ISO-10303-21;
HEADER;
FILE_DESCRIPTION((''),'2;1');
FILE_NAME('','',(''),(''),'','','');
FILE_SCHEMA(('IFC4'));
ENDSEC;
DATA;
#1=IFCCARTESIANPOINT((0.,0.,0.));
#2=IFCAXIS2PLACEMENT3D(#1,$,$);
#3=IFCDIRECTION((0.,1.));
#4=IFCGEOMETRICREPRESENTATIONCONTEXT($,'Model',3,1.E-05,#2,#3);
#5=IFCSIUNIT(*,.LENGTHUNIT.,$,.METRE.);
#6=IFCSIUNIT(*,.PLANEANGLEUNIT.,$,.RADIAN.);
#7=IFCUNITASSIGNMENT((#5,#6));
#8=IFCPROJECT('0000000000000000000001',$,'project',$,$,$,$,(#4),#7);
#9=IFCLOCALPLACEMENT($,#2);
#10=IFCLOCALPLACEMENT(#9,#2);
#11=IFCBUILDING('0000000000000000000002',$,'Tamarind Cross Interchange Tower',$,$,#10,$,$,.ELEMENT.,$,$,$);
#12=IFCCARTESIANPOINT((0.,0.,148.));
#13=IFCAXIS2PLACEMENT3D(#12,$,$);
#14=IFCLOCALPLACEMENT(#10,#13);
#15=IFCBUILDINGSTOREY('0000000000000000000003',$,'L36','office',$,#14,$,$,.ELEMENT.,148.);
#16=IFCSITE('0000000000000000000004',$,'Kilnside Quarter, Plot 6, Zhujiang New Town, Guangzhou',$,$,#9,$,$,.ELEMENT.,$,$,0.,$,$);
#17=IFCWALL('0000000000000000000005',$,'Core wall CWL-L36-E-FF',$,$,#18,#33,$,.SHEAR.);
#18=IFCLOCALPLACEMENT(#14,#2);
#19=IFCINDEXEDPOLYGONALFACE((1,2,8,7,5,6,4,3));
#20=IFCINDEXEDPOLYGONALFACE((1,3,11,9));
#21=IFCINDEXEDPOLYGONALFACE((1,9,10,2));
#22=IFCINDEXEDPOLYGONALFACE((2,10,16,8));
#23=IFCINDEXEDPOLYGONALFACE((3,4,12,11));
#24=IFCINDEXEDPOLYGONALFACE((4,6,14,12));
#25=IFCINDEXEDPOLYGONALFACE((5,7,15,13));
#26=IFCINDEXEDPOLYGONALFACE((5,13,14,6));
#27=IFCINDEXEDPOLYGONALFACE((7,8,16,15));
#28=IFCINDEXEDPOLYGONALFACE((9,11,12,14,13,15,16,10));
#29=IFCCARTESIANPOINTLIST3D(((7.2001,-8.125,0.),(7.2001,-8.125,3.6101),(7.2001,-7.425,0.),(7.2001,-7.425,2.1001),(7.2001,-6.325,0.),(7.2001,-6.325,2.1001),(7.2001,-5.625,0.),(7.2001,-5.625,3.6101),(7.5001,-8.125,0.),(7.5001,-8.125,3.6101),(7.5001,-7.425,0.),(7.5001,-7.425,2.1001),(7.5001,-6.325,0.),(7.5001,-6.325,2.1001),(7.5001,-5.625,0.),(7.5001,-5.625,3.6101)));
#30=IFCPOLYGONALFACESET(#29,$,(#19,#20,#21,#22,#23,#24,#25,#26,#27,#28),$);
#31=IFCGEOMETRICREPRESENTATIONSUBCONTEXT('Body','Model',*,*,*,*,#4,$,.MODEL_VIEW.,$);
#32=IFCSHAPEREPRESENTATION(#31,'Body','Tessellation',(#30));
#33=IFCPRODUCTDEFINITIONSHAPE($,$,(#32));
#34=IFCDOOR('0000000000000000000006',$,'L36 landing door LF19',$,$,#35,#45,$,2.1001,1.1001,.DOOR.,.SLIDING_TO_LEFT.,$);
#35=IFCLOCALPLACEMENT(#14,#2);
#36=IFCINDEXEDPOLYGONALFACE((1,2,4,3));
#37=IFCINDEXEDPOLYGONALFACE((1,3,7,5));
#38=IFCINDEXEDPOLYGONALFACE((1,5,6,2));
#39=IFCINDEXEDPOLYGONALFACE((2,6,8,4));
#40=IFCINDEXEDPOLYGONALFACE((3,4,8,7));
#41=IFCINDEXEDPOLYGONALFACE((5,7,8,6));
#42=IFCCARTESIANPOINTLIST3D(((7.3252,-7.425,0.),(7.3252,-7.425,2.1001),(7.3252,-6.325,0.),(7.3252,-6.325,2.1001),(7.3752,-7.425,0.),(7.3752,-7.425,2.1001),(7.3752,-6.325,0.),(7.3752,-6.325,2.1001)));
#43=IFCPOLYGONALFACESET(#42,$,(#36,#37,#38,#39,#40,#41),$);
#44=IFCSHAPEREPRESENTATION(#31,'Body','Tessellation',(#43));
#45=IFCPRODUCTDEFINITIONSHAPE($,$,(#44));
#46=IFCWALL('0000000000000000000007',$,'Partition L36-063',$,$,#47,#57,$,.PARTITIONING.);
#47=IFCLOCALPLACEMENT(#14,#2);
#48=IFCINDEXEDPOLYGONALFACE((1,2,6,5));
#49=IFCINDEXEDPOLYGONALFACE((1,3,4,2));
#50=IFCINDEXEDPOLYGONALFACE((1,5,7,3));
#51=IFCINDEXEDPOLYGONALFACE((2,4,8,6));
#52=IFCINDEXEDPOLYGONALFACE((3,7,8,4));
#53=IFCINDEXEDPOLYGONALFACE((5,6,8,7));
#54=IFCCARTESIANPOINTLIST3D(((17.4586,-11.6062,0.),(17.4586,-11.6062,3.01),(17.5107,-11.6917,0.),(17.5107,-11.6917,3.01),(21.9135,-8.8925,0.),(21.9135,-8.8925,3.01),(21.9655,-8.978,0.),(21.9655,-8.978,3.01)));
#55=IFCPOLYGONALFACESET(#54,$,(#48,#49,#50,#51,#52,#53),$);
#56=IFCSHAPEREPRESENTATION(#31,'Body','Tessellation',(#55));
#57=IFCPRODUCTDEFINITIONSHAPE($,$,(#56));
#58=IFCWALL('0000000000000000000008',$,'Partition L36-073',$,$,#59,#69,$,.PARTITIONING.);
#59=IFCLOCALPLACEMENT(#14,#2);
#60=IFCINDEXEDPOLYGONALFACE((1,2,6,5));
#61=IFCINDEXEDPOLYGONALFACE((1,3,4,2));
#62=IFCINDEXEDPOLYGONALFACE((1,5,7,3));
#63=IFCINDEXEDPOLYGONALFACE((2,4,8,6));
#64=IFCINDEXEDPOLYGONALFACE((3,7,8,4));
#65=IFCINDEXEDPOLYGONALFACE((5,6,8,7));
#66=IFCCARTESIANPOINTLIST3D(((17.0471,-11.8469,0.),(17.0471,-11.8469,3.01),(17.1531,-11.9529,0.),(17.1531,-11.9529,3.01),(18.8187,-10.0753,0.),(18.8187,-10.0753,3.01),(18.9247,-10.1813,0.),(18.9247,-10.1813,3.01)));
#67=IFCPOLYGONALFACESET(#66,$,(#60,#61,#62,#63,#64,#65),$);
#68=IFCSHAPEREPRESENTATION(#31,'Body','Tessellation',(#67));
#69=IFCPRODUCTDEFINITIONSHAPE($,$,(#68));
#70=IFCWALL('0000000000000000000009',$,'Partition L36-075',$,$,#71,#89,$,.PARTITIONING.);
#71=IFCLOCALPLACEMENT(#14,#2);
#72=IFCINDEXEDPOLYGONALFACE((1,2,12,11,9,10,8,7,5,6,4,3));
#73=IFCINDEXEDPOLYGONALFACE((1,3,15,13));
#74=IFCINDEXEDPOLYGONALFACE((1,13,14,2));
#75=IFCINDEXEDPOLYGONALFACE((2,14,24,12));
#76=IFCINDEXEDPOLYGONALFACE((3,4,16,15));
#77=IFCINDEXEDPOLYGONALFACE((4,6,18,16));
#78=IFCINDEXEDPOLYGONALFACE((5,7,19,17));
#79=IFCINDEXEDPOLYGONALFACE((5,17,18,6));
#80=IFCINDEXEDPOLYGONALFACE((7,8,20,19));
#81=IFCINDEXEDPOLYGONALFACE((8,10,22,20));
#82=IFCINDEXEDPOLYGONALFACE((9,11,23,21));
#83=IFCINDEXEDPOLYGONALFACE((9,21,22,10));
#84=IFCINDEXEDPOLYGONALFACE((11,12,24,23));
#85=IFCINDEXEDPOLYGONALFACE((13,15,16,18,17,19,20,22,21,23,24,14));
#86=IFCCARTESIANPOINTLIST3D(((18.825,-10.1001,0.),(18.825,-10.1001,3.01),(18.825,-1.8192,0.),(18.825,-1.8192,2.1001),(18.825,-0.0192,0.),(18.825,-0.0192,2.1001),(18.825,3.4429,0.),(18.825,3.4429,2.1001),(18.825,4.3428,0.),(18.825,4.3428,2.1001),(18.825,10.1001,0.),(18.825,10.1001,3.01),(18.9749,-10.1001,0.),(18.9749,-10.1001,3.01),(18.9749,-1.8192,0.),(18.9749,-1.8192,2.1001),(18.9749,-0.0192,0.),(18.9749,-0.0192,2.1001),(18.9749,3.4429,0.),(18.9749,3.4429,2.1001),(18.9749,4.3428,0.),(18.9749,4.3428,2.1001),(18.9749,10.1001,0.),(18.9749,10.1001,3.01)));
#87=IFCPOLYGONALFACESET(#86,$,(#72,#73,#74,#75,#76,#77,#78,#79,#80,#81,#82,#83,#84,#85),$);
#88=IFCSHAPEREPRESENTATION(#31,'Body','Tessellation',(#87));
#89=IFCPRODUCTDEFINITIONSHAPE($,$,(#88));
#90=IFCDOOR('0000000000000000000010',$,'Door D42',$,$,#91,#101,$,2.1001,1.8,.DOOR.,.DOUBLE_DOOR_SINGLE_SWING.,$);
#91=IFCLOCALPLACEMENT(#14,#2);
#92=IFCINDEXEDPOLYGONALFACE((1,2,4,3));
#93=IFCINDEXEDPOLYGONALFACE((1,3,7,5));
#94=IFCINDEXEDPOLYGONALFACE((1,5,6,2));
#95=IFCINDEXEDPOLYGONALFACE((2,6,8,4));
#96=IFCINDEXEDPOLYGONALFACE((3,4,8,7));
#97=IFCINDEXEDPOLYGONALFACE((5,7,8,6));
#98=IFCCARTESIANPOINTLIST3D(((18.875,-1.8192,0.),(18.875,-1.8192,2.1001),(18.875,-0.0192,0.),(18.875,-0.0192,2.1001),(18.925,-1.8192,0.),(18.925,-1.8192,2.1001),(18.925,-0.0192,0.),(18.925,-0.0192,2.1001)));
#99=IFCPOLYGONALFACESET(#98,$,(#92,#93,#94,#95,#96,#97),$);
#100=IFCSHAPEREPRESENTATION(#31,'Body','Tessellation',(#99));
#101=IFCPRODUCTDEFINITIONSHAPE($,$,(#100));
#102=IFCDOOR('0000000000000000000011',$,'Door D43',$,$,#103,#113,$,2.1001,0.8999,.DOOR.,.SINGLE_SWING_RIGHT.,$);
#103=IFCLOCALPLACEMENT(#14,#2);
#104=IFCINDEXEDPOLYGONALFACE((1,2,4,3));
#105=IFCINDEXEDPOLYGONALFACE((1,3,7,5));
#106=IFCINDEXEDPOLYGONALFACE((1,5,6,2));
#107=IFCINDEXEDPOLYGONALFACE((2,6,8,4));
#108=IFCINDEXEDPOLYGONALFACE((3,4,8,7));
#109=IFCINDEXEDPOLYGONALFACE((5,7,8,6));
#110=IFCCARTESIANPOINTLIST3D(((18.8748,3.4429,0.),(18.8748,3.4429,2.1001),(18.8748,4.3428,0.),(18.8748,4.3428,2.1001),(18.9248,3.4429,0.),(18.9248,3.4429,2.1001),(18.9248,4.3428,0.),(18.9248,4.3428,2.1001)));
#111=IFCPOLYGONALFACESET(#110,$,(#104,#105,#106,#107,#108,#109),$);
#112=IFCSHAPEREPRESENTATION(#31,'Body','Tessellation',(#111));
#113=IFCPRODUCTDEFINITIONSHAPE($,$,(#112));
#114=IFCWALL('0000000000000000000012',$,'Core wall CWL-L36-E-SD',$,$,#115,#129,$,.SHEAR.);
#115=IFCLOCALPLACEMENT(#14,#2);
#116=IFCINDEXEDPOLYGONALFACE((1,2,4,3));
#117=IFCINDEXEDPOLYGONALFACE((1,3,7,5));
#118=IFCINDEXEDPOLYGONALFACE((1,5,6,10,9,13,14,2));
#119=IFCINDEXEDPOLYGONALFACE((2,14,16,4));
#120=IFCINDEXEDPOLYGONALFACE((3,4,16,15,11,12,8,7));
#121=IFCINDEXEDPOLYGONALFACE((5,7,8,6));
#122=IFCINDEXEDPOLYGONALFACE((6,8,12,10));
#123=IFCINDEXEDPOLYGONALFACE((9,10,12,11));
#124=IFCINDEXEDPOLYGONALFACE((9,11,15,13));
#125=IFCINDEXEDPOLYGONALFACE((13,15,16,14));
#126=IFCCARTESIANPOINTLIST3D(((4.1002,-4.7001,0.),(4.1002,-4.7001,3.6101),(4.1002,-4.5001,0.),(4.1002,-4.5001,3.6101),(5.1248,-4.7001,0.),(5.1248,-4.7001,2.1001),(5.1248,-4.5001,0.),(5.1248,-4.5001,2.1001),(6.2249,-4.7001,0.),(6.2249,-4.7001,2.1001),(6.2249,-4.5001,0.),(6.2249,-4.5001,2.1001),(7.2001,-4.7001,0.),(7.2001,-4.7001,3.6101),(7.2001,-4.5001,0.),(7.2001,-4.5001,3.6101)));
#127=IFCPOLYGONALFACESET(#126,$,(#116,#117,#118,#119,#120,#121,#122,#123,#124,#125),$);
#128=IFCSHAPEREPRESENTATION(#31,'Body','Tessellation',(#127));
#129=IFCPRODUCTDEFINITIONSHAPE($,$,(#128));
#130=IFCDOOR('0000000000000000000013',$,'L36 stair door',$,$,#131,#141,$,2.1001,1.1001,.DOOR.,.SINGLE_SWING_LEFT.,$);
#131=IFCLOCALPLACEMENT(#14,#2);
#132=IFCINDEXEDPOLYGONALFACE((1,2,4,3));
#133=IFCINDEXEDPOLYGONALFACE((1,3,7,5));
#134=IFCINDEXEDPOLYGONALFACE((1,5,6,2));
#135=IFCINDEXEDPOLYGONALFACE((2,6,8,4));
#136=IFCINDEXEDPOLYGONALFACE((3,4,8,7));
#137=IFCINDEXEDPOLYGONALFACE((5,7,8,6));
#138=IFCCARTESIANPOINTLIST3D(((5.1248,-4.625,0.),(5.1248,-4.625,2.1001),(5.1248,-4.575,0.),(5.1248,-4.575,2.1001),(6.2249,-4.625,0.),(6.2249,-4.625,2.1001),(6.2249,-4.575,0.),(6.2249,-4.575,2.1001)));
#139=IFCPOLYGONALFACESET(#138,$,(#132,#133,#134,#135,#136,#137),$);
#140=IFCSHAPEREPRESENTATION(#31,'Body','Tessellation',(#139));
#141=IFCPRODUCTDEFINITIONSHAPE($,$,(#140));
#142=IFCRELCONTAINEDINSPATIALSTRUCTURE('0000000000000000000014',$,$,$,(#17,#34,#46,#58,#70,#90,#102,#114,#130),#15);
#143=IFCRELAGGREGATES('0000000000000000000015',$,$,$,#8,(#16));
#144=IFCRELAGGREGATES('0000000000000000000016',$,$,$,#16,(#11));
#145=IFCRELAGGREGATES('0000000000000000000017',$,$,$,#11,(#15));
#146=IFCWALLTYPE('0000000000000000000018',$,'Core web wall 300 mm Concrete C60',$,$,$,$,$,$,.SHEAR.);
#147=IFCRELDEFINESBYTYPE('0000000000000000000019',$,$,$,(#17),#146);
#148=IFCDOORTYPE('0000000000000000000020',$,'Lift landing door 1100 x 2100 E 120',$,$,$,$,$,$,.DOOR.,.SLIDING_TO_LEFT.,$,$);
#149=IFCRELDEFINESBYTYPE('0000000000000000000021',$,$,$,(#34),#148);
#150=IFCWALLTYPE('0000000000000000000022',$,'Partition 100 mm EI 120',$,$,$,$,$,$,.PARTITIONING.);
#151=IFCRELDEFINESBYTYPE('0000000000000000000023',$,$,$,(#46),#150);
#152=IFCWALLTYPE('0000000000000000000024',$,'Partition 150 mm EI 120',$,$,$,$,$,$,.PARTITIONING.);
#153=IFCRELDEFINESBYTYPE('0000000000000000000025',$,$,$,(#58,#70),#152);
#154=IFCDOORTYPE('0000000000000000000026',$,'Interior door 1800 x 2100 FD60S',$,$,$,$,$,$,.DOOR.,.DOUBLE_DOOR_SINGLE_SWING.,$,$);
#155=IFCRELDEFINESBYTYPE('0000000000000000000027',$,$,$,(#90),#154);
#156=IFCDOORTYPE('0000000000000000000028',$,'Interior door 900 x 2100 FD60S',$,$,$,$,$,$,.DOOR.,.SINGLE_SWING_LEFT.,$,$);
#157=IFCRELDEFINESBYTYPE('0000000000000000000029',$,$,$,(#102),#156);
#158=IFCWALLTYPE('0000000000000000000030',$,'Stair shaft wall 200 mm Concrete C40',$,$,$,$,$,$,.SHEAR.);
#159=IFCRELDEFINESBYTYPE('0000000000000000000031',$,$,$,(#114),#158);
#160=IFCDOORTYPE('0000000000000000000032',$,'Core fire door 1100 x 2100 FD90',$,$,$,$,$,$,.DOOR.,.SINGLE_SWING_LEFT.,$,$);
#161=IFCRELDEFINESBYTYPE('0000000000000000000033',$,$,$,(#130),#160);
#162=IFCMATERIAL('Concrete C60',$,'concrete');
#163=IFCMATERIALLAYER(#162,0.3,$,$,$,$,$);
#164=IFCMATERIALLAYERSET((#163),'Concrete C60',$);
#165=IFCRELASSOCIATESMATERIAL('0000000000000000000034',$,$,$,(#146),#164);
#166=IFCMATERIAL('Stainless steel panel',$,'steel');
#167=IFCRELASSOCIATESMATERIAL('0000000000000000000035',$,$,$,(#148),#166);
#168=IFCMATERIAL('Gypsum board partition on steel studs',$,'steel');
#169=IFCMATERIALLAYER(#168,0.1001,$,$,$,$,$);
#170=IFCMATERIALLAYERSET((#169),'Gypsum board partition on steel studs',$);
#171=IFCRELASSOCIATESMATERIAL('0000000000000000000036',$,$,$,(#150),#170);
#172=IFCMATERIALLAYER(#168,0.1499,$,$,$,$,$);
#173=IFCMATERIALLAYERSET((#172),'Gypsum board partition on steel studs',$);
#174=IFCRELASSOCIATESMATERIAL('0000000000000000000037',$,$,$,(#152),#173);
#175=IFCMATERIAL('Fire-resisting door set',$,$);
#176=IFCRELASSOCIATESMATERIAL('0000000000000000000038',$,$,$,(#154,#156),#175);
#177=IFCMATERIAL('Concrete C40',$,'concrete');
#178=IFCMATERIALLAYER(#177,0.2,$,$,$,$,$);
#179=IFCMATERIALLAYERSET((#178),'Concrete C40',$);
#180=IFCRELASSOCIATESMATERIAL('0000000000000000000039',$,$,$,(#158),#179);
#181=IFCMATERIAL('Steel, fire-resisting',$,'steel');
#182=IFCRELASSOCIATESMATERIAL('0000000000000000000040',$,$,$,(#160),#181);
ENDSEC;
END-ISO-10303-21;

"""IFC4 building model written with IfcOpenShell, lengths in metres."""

from ifc_helpers import new_model, si_unit, direction, frame, frame_2d, origin, place, context, subcontext, project, spatial, rectangle, extrude, material, layer, layer_set, type_object, element, fill, save


model = new_model("IFC4")

# Units and contexts
model_context = context("Model", 3, precision=1e-05, world=origin(), true_north=direction((0.0, 1.0)))
body_context = subcontext(model_context, "Body", "Model", "MODEL_VIEW")
ifc_project = project(units=[si_unit("LENGTHUNIT", "METRE"), si_unit("PLANEANGLEUNIT", "RADIAN")], contexts=[model_context])

# Site, building, storey
site_placement = place(None, origin())
site = spatial("IfcSite", under=ifc_project, at=site_placement, Name="Kilnside Quarter, Plot 6, Zhujiang New Town, Guangzhou", CompositionType="ELEMENT", RefElevation=0.0)
building_placement = place(site_placement, origin())
building = spatial("IfcBuilding", under=site, at=building_placement, Name="Tamarind Cross Interchange Tower", CompositionType="ELEMENT")
storey_placement = place(building_placement, frame((0.0, 0.0, 148.0)))
storey = spatial("IfcBuildingStorey", under=building, at=storey_placement, Name="L36", Description="office", CompositionType="ELEMENT", Elevation=148.0)

# Shared definitions
ifc_material_1 = material(Name="Concrete C60", Category="concrete")
ifc_material_2 = material(Name="Steel, fire-resisting", Category="steel")

# Shared definitions
ifc_layer_1 = layer(ifc_material_1, 0.3)
ifc_layer_set_1 = layer_set([ifc_layer_1], Name="Concrete C60")
wall_type_1 = type_object("IfcWallType", Name="Core web wall 300 mm Concrete C60", PredefinedType="SHEAR", material=ifc_layer_set_1)

# Shared definitions
ifc_material_3 = material(Name="Stainless steel panel", Category="steel")

# Wall, opening, door
wall_1_placement = place(storey_placement, frame((7.3501, -8.125, 0.0), z_axis=(0.0, 0.0, 1.0), x_axis=(0.0, 1.0, 0.0)))
wall_1 = element("IfcWall", 1, at=wall_1_placement, inside=storey, type_object=wall_type_1, Name="Core wall CWL-L36-E-FF", PredefinedType="SHEAR", context=body_context, shape_type="SweptSolid", body=[
    extrude(rectangle(XDim=2.5, YDim=0.3, at=frame_2d((1.25, 0.0))), origin(), (0.0, 0.0, 1.0), 3.6101),
])
opening_1_placement = place(wall_1_placement, frame((0.7, 0.0, 0.0)))
opening_1 = element("IfcOpeningElement", 2, at=opening_1_placement, cuts=wall_1, PredefinedType="OPENING", context=body_context, shape_type="SweptSolid", body=[
    extrude(rectangle(XDim=1.1001, YDim=2.1001, at=frame_2d((0.55, 1.05))), frame((0.0, 0.1599, 0.0), z_axis=(0.0, -1.0, 0.0), x_axis=(1.0, 0.0, 0.0)), (0.0, 0.0, 1.0), 0.3201),
])
door_type_1 = type_object("IfcDoorType", Name="Lift landing door 1100 x 2100 E 120", OperationType="SLIDING_TO_LEFT", PredefinedType="DOOR", material=ifc_material_3)
door_1_placement = place(opening_1_placement, origin())
door_1 = element("IfcDoor", 3, at=door_1_placement, inside=storey, type_object=door_type_1, Name="L36 landing door LF19", OperationType="SLIDING_TO_LEFT", OverallHeight=2.1001, OverallWidth=1.1001, PredefinedType="DOOR", context=body_context, shape_type="SweptSolid", body=[
    extrude(rectangle(XDim=1.1001, YDim=2.1001, at=frame_2d((0.55, 1.05))), frame((0.0, 0.0249, 0.0), z_axis=(0.0, -1.0, 0.0), x_axis=(1.0, 0.0, 0.0)), (0.0, 0.0, 1.0), 0.05),
])
fill(opening_1, door_1)

# Walls
ifc_material_4 = material(Name="Gypsum board partition on steel studs", Category="steel")
ifc_layer_2 = layer(ifc_material_4, 0.1001)
ifc_layer_set_2 = layer_set([ifc_layer_2], Name="Gypsum board partition on steel studs")
wall_type_2 = type_object("IfcWallType", Name="Partition 100 mm EI 120", PredefinedType="PARTITIONING", material=ifc_layer_set_2)
wall_2_placement = place(storey_placement, frame((17.4846, -11.6489, 0.0), z_axis=(0.0, 0.0, 1.0), x_axis=(0.85403, 0.520225, 0.0)))
element("IfcWall", 4, at=wall_2_placement, inside=storey, type_object=wall_type_2, Name="Partition L36-063", PredefinedType="PARTITIONING", context=body_context, shape_type="SweptSolid", body=[
    extrude(rectangle(XDim=5.2163, YDim=0.1001, at=frame_2d((2.6082, 0.0))), origin(), (0.0, 0.0, 1.0), 3.01),
])
ifc_layer_3 = layer(ifc_material_4, 0.1499)
ifc_layer_set_3 = layer_set([ifc_layer_3], Name="Gypsum board partition on steel studs")
wall_type_3 = type_object("IfcWallType", Name="Partition 150 mm EI 120", PredefinedType="PARTITIONING", material=ifc_layer_set_3)
wall_3_placement = place(storey_placement, frame((17.1001, -11.8999, 0.0), z_axis=(0.0, 0.0, 1.0), x_axis=(0.707107, 0.707107, 0.0)))
element("IfcWall", 5, at=wall_3_placement, inside=storey, type_object=wall_type_3, Name="Partition L36-073", PredefinedType="PARTITIONING", context=body_context, shape_type="SweptSolid", body=[
    extrude(rectangle(XDim=2.5054, YDim=0.1499, at=frame_2d((1.2527, 0.0))), origin(), (0.0, 0.0, 1.0), 3.01),
])

# Wall, openings, doors
wall_4_placement = place(storey_placement, frame((18.8999, -10.1001, 0.0), z_axis=(0.0, 0.0, 1.0), x_axis=(0.0, 1.0, 0.0)))
wall_4 = element("IfcWall", 6, at=wall_4_placement, inside=storey, type_object=wall_type_3, Name="Partition L36-075", PredefinedType="PARTITIONING", context=body_context, shape_type="SweptSolid", body=[
    extrude(rectangle(XDim=20.2002, YDim=0.1499, at=frame_2d((10.1001, 0.0))), origin(), (0.0, 0.0, 1.0), 3.01),
])
opening_2_placement = place(wall_4_placement, frame((8.281, 0.0, 0.0)))
opening_2 = element("IfcOpeningElement", 7, at=opening_2_placement, cuts=wall_4, PredefinedType="OPENING", context=body_context, shape_type="SweptSolid", body=[
    extrude(rectangle(XDim=1.8, YDim=2.1001, at=frame_2d((0.8999, 1.05))), frame((0.0, 0.085, 0.0), z_axis=(0.0, -1.0, 0.0), x_axis=(1.0, 0.0, 0.0)), (0.0, 0.0, 1.0), 0.1699),
])
opening_3_placement = place(wall_4_placement, frame((13.543, 0.0, 0.0)))
opening_3 = element("IfcOpeningElement", 8, at=opening_3_placement, cuts=wall_4, PredefinedType="OPENING", context=body_context, shape_type="SweptSolid", body=[
    extrude(rectangle(XDim=0.8999, YDim=2.1001, at=frame_2d((0.45, 1.05))), frame((0.0, 0.085, 0.0), z_axis=(0.0, -1.0, 0.0), x_axis=(1.0, 0.0, 0.0)), (0.0, 0.0, 1.0), 0.1699),
])
ifc_material_5 = material(Name="Fire-resisting door set")
door_type_2 = type_object("IfcDoorType", Name="Interior door 1800 x 2100 FD60S", OperationType="DOUBLE_DOOR_SINGLE_SWING", PredefinedType="DOOR", material=ifc_material_5)
door_2_placement = place(opening_2_placement, origin())
door_2 = element("IfcDoor", 9, at=door_2_placement, inside=storey, type_object=door_type_2, Name="Door D42", OperationType="DOUBLE_DOOR_SINGLE_SWING", OverallHeight=2.1001, OverallWidth=1.8, PredefinedType="DOOR", context=body_context, shape_type="SweptSolid", body=[
    extrude(rectangle(XDim=1.8, YDim=2.1001, at=frame_2d((0.8999, 1.05))), frame((0.0, 0.0249, 0.0), z_axis=(0.0, -1.0, 0.0), x_axis=(1.0, 0.0, 0.0)), (0.0, 0.0, 1.0), 0.05),
])
fill(opening_2, door_2)
door_type_3 = type_object("IfcDoorType", Name="Interior door 900 x 2100 FD60S", OperationType="SINGLE_SWING_LEFT", PredefinedType="DOOR", material=ifc_material_5)
door_3_placement = place(opening_3_placement, frame((0.8999, 0.0, 0.0), z_axis=(0.0, 0.0, 1.0), x_axis=(-1.0, 0.0, 0.0)))
door_3 = element("IfcDoor", 10, at=door_3_placement, inside=storey, type_object=door_type_3, Name="Door D43", OperationType="SINGLE_SWING_RIGHT", OverallHeight=2.1001, OverallWidth=0.8999, PredefinedType="DOOR", context=body_context, shape_type="SweptSolid", body=[
    extrude(rectangle(XDim=0.8999, YDim=2.1001, at=frame_2d((0.45, 1.05))), frame((0.0, 0.0249, 0.0), z_axis=(0.0, -1.0, 0.0), x_axis=(1.0, 0.0, 0.0)), (0.0, 0.0, 1.0), 0.05),
])
fill(opening_3, door_3)

# Wall, opening, door
ifc_material_6 = material(Name="Concrete C40", Category="concrete")
ifc_layer_4 = layer(ifc_material_6, 0.2)
ifc_layer_set_4 = layer_set([ifc_layer_4], Name="Concrete C40")
wall_type_4 = type_object("IfcWallType", Name="Stair shaft wall 200 mm Concrete C40", PredefinedType="SHEAR", material=ifc_layer_set_4)
wall_5_placement = place(storey_placement, frame((7.2, -4.6001, 0.0), z_axis=(0.0, 0.0, 1.0), x_axis=(-1.0, 0.0, 0.0)))
wall_5 = element("IfcWall", 11, at=wall_5_placement, inside=storey, type_object=wall_type_4, Name="Core wall CWL-L36-E-SD", PredefinedType="SHEAR", context=body_context, shape_type="SweptSolid", body=[
    extrude(rectangle(XDim=3.0999, YDim=0.2, at=frame_2d((1.5498, 0.0))), origin(), (0.0, 0.0, 1.0), 3.6101),
])
opening_4_placement = place(wall_5_placement, frame((0.9751, 0.0, 0.0)))
opening_4 = element("IfcOpeningElement", 12, at=opening_4_placement, cuts=wall_5, PredefinedType="OPENING", context=body_context, shape_type="SweptSolid", body=[
    extrude(rectangle(XDim=1.1001, YDim=2.1001, at=frame_2d((0.55, 1.05))), frame((0.0, 0.1099, 0.0), z_axis=(0.0, -1.0, 0.0), x_axis=(1.0, 0.0, 0.0)), (0.0, 0.0, 1.0), 0.22),
])
door_type_4 = type_object("IfcDoorType", Name="Core fire door 1100 x 2100 FD90", OperationType="SINGLE_SWING_LEFT", PredefinedType="DOOR", material=ifc_material_2)
door_4_placement = place(opening_4_placement, origin())
door_4 = element("IfcDoor", 13, at=door_4_placement, inside=storey, type_object=door_type_4, Name="L36 stair door", OperationType="SINGLE_SWING_LEFT", OverallHeight=2.1001, OverallWidth=1.1001, PredefinedType="DOOR", context=body_context, shape_type="SweptSolid", body=[
    extrude(rectangle(XDim=1.1001, YDim=2.1001, at=frame_2d((0.55, 1.05))), frame((0.0, 0.0249, 0.0), z_axis=(0.0, -1.0, 0.0), x_axis=(1.0, 0.0, 0.0)), (0.0, 0.0, 1.0), 0.05),
])
fill(opening_4, door_4)

save(model, "model.ifc")
